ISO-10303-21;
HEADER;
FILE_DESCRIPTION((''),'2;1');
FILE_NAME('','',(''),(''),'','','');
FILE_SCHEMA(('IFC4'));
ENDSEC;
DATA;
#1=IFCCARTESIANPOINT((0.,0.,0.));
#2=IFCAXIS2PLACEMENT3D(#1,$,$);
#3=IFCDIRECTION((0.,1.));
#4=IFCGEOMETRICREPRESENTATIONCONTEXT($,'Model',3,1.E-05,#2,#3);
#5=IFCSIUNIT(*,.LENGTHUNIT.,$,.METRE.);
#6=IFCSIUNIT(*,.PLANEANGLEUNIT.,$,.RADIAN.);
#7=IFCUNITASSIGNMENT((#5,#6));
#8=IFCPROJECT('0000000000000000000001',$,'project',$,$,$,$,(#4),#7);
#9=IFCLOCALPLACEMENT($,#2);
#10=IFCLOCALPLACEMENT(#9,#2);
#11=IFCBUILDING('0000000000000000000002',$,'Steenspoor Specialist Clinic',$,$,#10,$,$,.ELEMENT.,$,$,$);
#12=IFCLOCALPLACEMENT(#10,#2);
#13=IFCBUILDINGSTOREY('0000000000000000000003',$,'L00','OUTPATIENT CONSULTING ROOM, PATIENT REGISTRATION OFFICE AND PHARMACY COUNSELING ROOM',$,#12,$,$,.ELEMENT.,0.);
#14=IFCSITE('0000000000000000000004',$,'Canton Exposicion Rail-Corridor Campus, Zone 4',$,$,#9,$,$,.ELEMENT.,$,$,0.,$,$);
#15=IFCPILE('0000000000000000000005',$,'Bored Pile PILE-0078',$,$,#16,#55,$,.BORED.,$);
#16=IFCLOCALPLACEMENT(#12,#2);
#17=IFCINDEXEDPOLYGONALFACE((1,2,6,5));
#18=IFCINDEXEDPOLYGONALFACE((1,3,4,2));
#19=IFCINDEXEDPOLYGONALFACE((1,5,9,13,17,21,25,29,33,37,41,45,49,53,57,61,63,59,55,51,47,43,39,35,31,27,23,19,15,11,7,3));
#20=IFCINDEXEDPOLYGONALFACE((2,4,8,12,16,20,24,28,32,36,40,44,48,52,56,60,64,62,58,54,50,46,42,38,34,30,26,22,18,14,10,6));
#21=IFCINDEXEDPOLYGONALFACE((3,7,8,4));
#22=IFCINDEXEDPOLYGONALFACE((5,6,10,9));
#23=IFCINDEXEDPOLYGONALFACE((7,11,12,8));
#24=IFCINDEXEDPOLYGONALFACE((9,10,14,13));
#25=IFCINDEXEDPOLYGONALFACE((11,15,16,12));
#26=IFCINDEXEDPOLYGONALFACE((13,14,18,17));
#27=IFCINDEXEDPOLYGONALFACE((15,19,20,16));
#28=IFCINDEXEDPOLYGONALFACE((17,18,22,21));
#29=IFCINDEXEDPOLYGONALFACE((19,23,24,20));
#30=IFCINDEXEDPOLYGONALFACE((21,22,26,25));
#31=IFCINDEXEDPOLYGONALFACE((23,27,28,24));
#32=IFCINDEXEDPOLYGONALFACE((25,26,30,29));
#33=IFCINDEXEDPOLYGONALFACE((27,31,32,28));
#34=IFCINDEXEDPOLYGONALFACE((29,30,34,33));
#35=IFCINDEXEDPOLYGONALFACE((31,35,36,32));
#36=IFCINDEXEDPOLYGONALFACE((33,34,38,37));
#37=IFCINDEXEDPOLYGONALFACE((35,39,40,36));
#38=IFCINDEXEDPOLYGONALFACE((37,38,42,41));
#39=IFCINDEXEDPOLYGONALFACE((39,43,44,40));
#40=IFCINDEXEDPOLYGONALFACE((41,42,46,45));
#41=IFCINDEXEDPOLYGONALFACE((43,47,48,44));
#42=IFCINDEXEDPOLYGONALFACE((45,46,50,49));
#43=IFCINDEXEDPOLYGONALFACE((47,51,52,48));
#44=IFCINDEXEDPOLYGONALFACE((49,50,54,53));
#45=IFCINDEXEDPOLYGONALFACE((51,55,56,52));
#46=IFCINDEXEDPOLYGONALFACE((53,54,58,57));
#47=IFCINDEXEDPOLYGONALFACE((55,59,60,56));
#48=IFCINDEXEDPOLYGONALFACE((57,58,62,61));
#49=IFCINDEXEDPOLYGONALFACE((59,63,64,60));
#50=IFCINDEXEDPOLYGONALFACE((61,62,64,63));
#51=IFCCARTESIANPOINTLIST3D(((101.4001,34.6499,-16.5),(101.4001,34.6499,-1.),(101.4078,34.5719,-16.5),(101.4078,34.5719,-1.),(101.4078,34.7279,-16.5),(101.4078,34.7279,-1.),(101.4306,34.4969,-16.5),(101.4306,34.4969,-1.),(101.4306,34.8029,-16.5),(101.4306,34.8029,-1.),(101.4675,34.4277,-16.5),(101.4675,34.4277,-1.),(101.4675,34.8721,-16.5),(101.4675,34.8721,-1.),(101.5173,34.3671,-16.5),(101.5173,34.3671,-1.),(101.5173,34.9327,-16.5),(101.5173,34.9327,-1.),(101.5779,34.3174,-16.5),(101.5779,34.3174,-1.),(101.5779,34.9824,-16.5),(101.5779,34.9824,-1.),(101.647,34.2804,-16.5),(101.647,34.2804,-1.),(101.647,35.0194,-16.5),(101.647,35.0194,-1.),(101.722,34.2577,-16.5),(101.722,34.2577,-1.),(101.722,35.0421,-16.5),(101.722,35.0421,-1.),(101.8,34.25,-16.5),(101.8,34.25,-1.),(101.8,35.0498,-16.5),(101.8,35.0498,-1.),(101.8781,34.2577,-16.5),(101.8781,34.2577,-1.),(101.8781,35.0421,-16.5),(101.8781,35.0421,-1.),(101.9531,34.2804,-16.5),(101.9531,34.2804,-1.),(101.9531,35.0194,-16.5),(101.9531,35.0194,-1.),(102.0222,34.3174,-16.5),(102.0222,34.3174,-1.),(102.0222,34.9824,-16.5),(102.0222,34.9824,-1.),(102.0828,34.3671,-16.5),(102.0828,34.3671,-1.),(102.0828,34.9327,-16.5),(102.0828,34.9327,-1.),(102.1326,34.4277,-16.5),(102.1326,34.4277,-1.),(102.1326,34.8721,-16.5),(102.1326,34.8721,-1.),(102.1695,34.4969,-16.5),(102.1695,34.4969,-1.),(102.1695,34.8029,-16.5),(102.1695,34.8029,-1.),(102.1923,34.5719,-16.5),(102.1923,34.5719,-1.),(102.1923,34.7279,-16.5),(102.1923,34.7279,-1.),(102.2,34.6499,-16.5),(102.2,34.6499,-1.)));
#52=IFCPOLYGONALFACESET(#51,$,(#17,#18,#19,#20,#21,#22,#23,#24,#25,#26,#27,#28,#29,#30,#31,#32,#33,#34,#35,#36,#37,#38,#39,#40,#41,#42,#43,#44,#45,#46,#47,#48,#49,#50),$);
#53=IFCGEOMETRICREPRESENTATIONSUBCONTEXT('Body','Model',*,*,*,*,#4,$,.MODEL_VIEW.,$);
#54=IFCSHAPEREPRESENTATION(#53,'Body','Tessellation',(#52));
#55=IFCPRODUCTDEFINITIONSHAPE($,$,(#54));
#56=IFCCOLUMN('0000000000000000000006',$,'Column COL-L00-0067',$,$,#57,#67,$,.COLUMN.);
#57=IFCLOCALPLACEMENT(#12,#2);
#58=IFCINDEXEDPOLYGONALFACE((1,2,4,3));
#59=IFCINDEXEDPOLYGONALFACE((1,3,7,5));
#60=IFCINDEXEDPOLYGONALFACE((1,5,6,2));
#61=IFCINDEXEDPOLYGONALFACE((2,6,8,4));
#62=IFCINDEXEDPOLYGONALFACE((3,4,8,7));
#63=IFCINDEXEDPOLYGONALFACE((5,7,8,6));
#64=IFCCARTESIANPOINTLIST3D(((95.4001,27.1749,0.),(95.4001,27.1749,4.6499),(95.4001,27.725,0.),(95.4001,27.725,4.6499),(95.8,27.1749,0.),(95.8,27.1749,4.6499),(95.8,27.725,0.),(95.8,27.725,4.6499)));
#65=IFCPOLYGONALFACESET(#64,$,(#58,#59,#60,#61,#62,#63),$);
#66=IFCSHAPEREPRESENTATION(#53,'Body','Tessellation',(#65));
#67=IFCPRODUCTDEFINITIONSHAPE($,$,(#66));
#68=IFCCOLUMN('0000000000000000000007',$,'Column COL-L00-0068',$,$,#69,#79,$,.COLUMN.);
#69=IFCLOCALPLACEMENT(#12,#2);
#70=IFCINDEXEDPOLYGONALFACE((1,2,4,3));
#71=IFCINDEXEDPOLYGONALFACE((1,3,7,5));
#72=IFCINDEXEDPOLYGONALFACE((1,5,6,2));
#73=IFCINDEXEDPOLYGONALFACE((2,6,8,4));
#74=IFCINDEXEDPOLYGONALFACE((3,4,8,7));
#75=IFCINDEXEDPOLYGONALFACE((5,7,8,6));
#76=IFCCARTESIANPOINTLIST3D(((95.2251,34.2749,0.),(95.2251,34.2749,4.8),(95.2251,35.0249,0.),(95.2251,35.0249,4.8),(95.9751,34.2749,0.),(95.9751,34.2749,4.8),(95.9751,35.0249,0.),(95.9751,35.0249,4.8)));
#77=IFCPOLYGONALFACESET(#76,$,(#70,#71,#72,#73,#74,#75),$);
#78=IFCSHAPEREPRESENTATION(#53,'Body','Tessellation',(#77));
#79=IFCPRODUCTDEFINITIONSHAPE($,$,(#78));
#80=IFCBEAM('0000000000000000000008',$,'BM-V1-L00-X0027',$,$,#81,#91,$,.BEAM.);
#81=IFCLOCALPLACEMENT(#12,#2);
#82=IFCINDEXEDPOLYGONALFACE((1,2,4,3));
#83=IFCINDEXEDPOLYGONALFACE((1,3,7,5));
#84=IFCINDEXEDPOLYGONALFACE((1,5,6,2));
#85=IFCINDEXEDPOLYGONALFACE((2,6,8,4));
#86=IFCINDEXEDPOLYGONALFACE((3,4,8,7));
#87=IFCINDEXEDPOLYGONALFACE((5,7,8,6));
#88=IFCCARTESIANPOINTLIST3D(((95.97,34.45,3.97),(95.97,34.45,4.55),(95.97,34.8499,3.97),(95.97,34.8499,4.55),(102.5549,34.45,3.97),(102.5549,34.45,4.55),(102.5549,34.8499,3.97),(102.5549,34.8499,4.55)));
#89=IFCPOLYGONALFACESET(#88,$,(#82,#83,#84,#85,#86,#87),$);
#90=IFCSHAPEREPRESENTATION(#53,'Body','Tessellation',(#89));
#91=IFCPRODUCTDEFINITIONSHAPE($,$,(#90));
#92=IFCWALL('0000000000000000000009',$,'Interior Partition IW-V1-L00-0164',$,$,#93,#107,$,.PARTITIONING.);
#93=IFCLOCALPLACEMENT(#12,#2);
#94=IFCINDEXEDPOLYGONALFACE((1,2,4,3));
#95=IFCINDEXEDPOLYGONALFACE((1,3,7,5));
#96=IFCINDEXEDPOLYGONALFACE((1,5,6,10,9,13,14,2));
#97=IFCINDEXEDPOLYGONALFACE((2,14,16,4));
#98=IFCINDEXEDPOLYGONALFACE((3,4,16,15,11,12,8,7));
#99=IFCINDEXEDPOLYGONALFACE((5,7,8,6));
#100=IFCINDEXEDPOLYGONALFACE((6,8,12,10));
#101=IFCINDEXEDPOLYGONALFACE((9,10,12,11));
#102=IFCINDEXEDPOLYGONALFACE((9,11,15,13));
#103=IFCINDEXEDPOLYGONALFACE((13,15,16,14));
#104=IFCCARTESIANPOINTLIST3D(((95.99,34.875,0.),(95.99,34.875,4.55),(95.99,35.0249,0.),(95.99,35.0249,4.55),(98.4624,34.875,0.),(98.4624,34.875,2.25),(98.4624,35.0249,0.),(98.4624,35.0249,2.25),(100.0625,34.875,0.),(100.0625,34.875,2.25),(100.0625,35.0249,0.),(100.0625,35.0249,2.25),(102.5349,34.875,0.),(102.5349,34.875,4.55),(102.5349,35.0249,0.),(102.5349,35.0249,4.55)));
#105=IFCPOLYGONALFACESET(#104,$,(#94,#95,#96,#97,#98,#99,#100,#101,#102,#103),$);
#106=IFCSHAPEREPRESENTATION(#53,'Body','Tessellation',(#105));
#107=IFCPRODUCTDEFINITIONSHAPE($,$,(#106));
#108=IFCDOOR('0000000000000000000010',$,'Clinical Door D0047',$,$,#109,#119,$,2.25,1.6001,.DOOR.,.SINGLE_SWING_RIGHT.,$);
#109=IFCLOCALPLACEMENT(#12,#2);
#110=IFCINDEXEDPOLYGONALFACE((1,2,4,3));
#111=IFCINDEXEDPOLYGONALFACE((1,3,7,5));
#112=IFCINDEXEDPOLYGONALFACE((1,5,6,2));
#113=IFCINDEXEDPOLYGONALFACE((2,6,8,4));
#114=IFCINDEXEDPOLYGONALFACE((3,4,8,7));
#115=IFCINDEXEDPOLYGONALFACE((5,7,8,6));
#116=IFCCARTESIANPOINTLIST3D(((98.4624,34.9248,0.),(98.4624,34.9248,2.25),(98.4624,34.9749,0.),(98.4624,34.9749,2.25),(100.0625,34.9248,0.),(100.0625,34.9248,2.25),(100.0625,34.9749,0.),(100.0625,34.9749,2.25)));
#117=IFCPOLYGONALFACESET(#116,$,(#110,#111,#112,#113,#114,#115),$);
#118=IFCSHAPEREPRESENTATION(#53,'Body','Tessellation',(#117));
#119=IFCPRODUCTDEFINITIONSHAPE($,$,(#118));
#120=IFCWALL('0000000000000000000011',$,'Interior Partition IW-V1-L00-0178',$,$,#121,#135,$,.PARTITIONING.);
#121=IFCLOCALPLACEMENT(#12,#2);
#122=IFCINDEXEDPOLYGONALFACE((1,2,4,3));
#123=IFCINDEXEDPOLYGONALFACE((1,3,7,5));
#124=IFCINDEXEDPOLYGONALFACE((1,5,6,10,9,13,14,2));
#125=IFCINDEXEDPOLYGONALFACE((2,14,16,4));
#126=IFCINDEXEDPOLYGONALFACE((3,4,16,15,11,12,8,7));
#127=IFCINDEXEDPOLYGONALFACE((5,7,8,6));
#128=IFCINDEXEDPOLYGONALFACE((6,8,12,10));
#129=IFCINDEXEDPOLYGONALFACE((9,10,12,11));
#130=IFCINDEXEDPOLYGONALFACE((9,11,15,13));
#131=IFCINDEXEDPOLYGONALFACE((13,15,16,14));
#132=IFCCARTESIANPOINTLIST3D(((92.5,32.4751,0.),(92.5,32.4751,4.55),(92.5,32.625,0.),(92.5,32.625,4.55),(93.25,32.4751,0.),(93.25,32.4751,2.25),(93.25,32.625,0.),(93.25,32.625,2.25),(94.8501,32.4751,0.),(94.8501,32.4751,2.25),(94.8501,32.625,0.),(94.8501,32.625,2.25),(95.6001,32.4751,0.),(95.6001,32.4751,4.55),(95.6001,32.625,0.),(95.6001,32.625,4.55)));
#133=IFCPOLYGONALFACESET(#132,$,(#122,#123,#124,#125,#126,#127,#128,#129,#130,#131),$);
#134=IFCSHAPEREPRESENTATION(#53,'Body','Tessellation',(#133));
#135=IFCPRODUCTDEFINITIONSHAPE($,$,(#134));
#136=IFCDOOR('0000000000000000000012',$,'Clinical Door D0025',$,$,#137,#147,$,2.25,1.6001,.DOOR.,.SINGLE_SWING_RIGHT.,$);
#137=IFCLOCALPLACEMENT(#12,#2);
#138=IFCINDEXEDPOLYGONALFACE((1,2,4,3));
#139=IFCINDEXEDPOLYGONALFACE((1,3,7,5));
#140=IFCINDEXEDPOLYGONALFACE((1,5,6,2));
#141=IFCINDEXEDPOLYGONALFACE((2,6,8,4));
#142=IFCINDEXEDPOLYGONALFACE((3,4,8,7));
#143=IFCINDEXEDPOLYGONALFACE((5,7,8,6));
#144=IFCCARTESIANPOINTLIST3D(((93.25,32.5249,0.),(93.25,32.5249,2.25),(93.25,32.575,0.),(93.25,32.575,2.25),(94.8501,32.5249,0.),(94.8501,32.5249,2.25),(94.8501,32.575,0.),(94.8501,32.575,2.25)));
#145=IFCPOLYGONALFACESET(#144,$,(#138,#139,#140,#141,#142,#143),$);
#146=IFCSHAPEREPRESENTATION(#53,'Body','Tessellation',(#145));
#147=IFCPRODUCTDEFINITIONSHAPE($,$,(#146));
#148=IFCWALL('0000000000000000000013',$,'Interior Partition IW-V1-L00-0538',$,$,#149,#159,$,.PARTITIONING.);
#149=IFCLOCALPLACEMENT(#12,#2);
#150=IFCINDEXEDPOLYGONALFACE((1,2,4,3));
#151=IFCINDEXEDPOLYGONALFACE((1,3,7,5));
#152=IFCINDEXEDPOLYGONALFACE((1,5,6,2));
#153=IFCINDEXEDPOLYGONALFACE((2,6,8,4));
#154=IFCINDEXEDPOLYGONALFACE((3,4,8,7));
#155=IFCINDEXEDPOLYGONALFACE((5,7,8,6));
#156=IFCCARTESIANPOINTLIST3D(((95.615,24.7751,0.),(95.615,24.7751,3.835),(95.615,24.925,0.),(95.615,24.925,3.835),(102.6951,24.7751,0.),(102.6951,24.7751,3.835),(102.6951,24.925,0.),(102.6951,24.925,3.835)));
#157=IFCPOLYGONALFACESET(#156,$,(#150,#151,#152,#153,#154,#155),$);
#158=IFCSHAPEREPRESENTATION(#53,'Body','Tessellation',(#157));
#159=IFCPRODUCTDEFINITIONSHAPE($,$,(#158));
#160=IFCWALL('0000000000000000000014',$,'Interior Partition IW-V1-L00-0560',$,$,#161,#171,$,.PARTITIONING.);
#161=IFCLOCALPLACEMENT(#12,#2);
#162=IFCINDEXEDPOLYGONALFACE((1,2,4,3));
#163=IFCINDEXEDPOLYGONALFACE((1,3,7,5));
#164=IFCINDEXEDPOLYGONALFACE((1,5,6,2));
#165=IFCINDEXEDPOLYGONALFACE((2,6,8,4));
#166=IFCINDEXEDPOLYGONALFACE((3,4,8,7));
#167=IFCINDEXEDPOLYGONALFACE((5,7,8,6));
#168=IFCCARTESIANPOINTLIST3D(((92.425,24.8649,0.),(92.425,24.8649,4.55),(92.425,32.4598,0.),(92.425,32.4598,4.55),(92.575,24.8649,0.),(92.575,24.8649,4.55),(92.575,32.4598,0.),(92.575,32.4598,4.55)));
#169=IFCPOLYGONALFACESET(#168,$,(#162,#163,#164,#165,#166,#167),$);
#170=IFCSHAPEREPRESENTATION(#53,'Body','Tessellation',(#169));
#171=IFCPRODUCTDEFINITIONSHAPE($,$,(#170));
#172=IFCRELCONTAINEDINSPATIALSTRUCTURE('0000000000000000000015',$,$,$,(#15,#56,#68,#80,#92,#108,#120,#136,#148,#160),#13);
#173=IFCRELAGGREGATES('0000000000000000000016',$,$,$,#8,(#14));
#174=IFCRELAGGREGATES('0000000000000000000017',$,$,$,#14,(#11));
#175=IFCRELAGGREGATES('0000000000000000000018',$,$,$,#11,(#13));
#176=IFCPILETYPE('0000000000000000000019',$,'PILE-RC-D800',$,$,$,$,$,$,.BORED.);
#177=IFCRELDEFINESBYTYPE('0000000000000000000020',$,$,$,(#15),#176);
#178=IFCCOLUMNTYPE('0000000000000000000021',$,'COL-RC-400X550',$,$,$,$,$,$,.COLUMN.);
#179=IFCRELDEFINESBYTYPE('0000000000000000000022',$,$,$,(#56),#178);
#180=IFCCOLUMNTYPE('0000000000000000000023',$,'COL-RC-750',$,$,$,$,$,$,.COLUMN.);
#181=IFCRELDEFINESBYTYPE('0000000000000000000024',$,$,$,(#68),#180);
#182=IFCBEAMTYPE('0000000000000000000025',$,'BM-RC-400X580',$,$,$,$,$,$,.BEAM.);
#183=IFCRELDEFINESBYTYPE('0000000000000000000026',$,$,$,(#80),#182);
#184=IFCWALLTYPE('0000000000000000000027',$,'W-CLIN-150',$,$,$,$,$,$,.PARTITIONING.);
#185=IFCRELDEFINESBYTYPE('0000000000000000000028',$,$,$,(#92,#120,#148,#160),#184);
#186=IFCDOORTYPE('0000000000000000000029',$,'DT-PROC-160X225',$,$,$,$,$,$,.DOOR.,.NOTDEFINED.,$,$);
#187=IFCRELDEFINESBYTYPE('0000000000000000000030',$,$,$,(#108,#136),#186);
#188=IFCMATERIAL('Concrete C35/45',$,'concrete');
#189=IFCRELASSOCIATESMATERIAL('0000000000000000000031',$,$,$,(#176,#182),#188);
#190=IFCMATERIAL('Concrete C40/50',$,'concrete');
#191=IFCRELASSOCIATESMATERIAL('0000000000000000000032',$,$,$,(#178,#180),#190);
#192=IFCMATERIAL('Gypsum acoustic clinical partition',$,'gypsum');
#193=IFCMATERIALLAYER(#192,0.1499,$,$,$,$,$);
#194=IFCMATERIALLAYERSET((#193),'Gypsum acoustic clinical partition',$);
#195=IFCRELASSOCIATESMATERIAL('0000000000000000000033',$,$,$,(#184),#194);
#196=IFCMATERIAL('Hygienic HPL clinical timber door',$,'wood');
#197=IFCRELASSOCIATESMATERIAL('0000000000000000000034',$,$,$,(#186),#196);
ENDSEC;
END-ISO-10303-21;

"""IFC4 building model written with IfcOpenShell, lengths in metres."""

from ifc_helpers import new_model, si_unit, direction, frame, frame_2d, origin, origin_2d, place, context, subcontext, project, spatial, rectangle, circle, extrude, material, layer, layer_set, material_profile, profile_set, type_object, element, fill, save


model = new_model("IFC4")

# Units and contexts
model_context = context("Model", 3, precision=1e-05, world=origin(), true_north=direction((0.0, 1.0)))
body_context = subcontext(model_context, "Body", "Model", "MODEL_VIEW")
ifc_project = project(units=[si_unit("LENGTHUNIT", "METRE"), si_unit("PLANEANGLEUNIT", "RADIAN")], contexts=[model_context])

# Site, building, storey
site_placement = place(None, origin())
site = spatial("IfcSite", under=ifc_project, at=site_placement, Name="Canton Exposicion Rail-Corridor Campus, Zone 4", CompositionType="ELEMENT", RefElevation=0.0)
building_placement = place(site_placement, origin())
building = spatial("IfcBuilding", under=site, at=building_placement, Name="Steenspoor Specialist Clinic", CompositionType="ELEMENT")
storey_placement = place(building_placement, origin())
storey = spatial("IfcBuildingStorey", under=building, at=storey_placement, Name="L00", Description="OUTPATIENT CONSULTING ROOM, PATIENT REGISTRATION OFFICE AND PHARMACY COUNSELING ROOM", CompositionType="ELEMENT", Elevation=0.0)

# Shared definitions
ifc_material_1 = material(Name="Concrete C35/45", Category="concrete")

# Pile
ifc_material_profile_1 = material_profile(ifc_material_1, circle(Radius=0.3999, at=origin_2d()), Name="PILE-D800")
ifc_profile_set_1 = profile_set([ifc_material_profile_1], Name="Concrete C35/45")
pile_type_1 = type_object("IfcPileType", Name="PILE-RC-D800", PredefinedType="BORED", material=ifc_profile_set_1)
pile_1_placement = place(storey_placement, frame((101.8, 34.6499, -1.0), z_axis=(0.0, 0.0, -1.0), x_axis=(1.0, 0.0, 0.0)))
element("IfcPile", 1, at=pile_1_placement, inside=storey, type_object=pile_type_1, Name="Bored Pile PILE-0078", PredefinedType="BORED", context=body_context, shape_type="SweptSolid", body=[
    extrude(circle(Radius=0.3999, at=origin_2d()), origin(), (0.0, 0.0, 1.0), 15.5),
])

# Columns
ifc_material_2 = material(Name="Concrete C40/50", Category="concrete")
ifc_material_profile_2 = material_profile(ifc_material_2, rectangle(XDim=0.3999, YDim=0.55, at=origin_2d()), Name="RC-COL-400X550")
ifc_profile_set_2 = profile_set([ifc_material_profile_2], Name="Concrete C40/50")
column_type_1 = type_object("IfcColumnType", Name="COL-RC-400X550", PredefinedType="COLUMN", material=ifc_profile_set_2)
column_1_placement = place(storey_placement, frame((95.6001, 27.45, 0.0), z_axis=(0.0, 0.0, 1.0), x_axis=(1.0, 0.0, 0.0)))
element("IfcColumn", 2, at=column_1_placement, inside=storey, type_object=column_type_1, Name="Column COL-L00-0067", PredefinedType="COLUMN", context=body_context, shape_type="SweptSolid", body=[
    extrude(rectangle(XDim=0.3999, YDim=0.55, at=origin_2d()), origin(), (0.0, 0.0, 1.0), 4.6499),
])
ifc_material_profile_3 = material_profile(ifc_material_2, rectangle(XDim=0.75, YDim=0.75, at=origin_2d()), Name="RC-COL-750X750")
ifc_profile_set_3 = profile_set([ifc_material_profile_3], Name="Concrete C40/50")
column_type_2 = type_object("IfcColumnType", Name="COL-RC-750", PredefinedType="COLUMN", material=ifc_profile_set_3)
column_2_placement = place(storey_placement, frame((95.6001, 34.6499, 0.0), z_axis=(0.0, 0.0, 1.0), x_axis=(1.0, 0.0, 0.0)))
element("IfcColumn", 3, at=column_2_placement, inside=storey, type_object=column_type_2, Name="Column COL-L00-0068", PredefinedType="COLUMN", context=body_context, shape_type="SweptSolid", body=[
    extrude(rectangle(XDim=0.75, YDim=0.75, at=origin_2d()), origin(), (0.0, 0.0, 1.0), 4.8),
])

# Beam
ifc_material_profile_4 = material_profile(ifc_material_1, rectangle(XDim=0.3999, YDim=0.5801, at=origin_2d()), Name="RC-BM-400X580")
ifc_profile_set_4 = profile_set([ifc_material_profile_4], Name="Concrete C35/45")
beam_type = type_object("IfcBeamType", Name="BM-RC-400X580", PredefinedType="BEAM", material=ifc_profile_set_4)
beam_placement = place(storey_placement, frame((95.97, 34.6499, 4.26), z_axis=(1.0, 0.0, 0.0), x_axis=(0.0, 1.0, 0.0)))
element("IfcBeam", 4, at=beam_placement, inside=storey, type_object=beam_type, Name="BM-V1-L00-X0027", PredefinedType="BEAM", context=body_context, shape_type="SweptSolid", body=[
    extrude(rectangle(XDim=0.3999, YDim=0.5801, at=origin_2d()), origin(), (0.0, 0.0, 1.0), 6.585),
])

# Walls, openings, doors
ifc_material_3 = material(Name="Gypsum acoustic clinical partition", Category="gypsum")
ifc_layer_1 = layer(ifc_material_3, 0.1499)
ifc_layer_set_1 = layer_set([ifc_layer_1], Name="Gypsum acoustic clinical partition")
wall_type_1 = type_object("IfcWallType", Name="W-CLIN-150", PredefinedType="PARTITIONING", material=ifc_layer_set_1)
wall_1_placement = place(storey_placement, frame((95.99, 34.95, 0.0), z_axis=(0.0, 0.0, 1.0), x_axis=(1.0, 0.0, 0.0)))
wall_1 = element("IfcWall", 5, at=wall_1_placement, inside=storey, type_object=wall_type_1, Name="Interior Partition IW-V1-L00-0164", PredefinedType="PARTITIONING", context=body_context, shape_type="SweptSolid", body=[
    extrude(rectangle(XDim=6.5449, YDim=0.1499, at=frame_2d((3.2725, 0.0))), origin(), (0.0, 0.0, 1.0), 4.55),
])
opening_1_placement = place(wall_1_placement, frame((2.4724, 0.0, 0.0)))
opening_1 = element("IfcOpeningElement", 6, at=opening_1_placement, cuts=wall_1, PredefinedType="OPENING", context=body_context, shape_type="SweptSolid", body=[
    extrude(rectangle(XDim=1.6001, YDim=2.25, at=frame_2d((0.8, 1.125))), frame((0.0, 0.085, 0.0), z_axis=(0.0, -1.0, 0.0), x_axis=(1.0, 0.0, 0.0)), (0.0, 0.0, 1.0), 0.1699),
])
ifc_material_4 = material(Name="Hygienic HPL clinical timber door", Category="wood")
door_type_1 = type_object("IfcDoorType", Name="DT-PROC-160X225", OperationType="NOTDEFINED", PredefinedType="DOOR", material=ifc_material_4)
door_1_placement = place(opening_1_placement, origin())
door_1 = element("IfcDoor", 7, at=door_1_placement, inside=storey, type_object=door_type_1, Name="Clinical Door D0047", OperationType="SINGLE_SWING_RIGHT", OverallHeight=2.25, OverallWidth=1.6001, PredefinedType="DOOR", context=body_context, shape_type="SweptSolid", body=[
    extrude(rectangle(XDim=1.6001, YDim=2.25, at=frame_2d((0.8, 1.125))), frame((0.0, 0.0249, 0.0), z_axis=(0.0, -1.0, 0.0), x_axis=(1.0, 0.0, 0.0)), (0.0, 0.0, 1.0), 0.05),
])
fill(opening_1, door_1)
wall_2_placement = place(storey_placement, frame((92.5, 32.55, 0.0), z_axis=(0.0, 0.0, 1.0), x_axis=(1.0, 0.0, 0.0)))
wall_2 = element("IfcWall", 8, at=wall_2_placement, inside=storey, type_object=wall_type_1, Name="Interior Partition IW-V1-L00-0178", PredefinedType="PARTITIONING", context=body_context, shape_type="SweptSolid", body=[
    extrude(rectangle(XDim=3.1001, YDim=0.1499, at=frame_2d((1.55, 0.0))), origin(), (0.0, 0.0, 1.0), 4.55),
])
opening_2_placement = place(wall_2_placement, frame((0.75, 0.0, 0.0)))
opening_2 = element("IfcOpeningElement", 9, at=opening_2_placement, cuts=wall_2, PredefinedType="OPENING", context=body_context, shape_type="SweptSolid", body=[
    extrude(rectangle(XDim=1.6001, YDim=2.25, at=frame_2d((0.8, 1.125))), frame((0.0, 0.085, 0.0), z_axis=(0.0, -1.0, 0.0), x_axis=(1.0, 0.0, 0.0)), (0.0, 0.0, 1.0), 0.1699),
])
door_2_placement = place(opening_2_placement, origin())
door_2 = element("IfcDoor", 10, at=door_2_placement, inside=storey, type_object=door_type_1, Name="Clinical Door D0025", OperationType="SINGLE_SWING_RIGHT", OverallHeight=2.25, OverallWidth=1.6001, PredefinedType="DOOR", context=body_context, shape_type="SweptSolid", body=[
    extrude(rectangle(XDim=1.6001, YDim=2.25, at=frame_2d((0.8, 1.125))), frame((0.0, 0.0249, 0.0), z_axis=(0.0, -1.0, 0.0), x_axis=(1.0, 0.0, 0.0)), (0.0, 0.0, 1.0), 0.05),
])
fill(opening_2, door_2)

# Walls
wall_3_placement = place(storey_placement, frame((95.615, 24.8501, 0.0), z_axis=(0.0, 0.0, 1.0), x_axis=(1.0, 0.0, 0.0)))
element("IfcWall", 11, at=wall_3_placement, inside=storey, type_object=wall_type_1, Name="Interior Partition IW-V1-L00-0538", PredefinedType="PARTITIONING", context=body_context, shape_type="SweptSolid", body=[
    extrude(rectangle(XDim=7.0801, YDim=0.1499, at=frame_2d((3.54, 0.0))), origin(), (0.0, 0.0, 1.0), 3.835),
])
wall_4_placement = place(storey_placement, frame((92.5, 24.865, 0.0), z_axis=(0.0, 0.0, 1.0), x_axis=(0.0, 1.0, 0.0)))
element("IfcWall", 12, at=wall_4_placement, inside=storey, type_object=wall_type_1, Name="Interior Partition IW-V1-L00-0560", PredefinedType="PARTITIONING", context=body_context, shape_type="SweptSolid", body=[
    extrude(rectangle(XDim=7.595, YDim=0.1499, at=frame_2d((3.7974, 0.0))), origin(), (0.0, 0.0, 1.0), 4.55),
])

save(model, "model.ifc")
